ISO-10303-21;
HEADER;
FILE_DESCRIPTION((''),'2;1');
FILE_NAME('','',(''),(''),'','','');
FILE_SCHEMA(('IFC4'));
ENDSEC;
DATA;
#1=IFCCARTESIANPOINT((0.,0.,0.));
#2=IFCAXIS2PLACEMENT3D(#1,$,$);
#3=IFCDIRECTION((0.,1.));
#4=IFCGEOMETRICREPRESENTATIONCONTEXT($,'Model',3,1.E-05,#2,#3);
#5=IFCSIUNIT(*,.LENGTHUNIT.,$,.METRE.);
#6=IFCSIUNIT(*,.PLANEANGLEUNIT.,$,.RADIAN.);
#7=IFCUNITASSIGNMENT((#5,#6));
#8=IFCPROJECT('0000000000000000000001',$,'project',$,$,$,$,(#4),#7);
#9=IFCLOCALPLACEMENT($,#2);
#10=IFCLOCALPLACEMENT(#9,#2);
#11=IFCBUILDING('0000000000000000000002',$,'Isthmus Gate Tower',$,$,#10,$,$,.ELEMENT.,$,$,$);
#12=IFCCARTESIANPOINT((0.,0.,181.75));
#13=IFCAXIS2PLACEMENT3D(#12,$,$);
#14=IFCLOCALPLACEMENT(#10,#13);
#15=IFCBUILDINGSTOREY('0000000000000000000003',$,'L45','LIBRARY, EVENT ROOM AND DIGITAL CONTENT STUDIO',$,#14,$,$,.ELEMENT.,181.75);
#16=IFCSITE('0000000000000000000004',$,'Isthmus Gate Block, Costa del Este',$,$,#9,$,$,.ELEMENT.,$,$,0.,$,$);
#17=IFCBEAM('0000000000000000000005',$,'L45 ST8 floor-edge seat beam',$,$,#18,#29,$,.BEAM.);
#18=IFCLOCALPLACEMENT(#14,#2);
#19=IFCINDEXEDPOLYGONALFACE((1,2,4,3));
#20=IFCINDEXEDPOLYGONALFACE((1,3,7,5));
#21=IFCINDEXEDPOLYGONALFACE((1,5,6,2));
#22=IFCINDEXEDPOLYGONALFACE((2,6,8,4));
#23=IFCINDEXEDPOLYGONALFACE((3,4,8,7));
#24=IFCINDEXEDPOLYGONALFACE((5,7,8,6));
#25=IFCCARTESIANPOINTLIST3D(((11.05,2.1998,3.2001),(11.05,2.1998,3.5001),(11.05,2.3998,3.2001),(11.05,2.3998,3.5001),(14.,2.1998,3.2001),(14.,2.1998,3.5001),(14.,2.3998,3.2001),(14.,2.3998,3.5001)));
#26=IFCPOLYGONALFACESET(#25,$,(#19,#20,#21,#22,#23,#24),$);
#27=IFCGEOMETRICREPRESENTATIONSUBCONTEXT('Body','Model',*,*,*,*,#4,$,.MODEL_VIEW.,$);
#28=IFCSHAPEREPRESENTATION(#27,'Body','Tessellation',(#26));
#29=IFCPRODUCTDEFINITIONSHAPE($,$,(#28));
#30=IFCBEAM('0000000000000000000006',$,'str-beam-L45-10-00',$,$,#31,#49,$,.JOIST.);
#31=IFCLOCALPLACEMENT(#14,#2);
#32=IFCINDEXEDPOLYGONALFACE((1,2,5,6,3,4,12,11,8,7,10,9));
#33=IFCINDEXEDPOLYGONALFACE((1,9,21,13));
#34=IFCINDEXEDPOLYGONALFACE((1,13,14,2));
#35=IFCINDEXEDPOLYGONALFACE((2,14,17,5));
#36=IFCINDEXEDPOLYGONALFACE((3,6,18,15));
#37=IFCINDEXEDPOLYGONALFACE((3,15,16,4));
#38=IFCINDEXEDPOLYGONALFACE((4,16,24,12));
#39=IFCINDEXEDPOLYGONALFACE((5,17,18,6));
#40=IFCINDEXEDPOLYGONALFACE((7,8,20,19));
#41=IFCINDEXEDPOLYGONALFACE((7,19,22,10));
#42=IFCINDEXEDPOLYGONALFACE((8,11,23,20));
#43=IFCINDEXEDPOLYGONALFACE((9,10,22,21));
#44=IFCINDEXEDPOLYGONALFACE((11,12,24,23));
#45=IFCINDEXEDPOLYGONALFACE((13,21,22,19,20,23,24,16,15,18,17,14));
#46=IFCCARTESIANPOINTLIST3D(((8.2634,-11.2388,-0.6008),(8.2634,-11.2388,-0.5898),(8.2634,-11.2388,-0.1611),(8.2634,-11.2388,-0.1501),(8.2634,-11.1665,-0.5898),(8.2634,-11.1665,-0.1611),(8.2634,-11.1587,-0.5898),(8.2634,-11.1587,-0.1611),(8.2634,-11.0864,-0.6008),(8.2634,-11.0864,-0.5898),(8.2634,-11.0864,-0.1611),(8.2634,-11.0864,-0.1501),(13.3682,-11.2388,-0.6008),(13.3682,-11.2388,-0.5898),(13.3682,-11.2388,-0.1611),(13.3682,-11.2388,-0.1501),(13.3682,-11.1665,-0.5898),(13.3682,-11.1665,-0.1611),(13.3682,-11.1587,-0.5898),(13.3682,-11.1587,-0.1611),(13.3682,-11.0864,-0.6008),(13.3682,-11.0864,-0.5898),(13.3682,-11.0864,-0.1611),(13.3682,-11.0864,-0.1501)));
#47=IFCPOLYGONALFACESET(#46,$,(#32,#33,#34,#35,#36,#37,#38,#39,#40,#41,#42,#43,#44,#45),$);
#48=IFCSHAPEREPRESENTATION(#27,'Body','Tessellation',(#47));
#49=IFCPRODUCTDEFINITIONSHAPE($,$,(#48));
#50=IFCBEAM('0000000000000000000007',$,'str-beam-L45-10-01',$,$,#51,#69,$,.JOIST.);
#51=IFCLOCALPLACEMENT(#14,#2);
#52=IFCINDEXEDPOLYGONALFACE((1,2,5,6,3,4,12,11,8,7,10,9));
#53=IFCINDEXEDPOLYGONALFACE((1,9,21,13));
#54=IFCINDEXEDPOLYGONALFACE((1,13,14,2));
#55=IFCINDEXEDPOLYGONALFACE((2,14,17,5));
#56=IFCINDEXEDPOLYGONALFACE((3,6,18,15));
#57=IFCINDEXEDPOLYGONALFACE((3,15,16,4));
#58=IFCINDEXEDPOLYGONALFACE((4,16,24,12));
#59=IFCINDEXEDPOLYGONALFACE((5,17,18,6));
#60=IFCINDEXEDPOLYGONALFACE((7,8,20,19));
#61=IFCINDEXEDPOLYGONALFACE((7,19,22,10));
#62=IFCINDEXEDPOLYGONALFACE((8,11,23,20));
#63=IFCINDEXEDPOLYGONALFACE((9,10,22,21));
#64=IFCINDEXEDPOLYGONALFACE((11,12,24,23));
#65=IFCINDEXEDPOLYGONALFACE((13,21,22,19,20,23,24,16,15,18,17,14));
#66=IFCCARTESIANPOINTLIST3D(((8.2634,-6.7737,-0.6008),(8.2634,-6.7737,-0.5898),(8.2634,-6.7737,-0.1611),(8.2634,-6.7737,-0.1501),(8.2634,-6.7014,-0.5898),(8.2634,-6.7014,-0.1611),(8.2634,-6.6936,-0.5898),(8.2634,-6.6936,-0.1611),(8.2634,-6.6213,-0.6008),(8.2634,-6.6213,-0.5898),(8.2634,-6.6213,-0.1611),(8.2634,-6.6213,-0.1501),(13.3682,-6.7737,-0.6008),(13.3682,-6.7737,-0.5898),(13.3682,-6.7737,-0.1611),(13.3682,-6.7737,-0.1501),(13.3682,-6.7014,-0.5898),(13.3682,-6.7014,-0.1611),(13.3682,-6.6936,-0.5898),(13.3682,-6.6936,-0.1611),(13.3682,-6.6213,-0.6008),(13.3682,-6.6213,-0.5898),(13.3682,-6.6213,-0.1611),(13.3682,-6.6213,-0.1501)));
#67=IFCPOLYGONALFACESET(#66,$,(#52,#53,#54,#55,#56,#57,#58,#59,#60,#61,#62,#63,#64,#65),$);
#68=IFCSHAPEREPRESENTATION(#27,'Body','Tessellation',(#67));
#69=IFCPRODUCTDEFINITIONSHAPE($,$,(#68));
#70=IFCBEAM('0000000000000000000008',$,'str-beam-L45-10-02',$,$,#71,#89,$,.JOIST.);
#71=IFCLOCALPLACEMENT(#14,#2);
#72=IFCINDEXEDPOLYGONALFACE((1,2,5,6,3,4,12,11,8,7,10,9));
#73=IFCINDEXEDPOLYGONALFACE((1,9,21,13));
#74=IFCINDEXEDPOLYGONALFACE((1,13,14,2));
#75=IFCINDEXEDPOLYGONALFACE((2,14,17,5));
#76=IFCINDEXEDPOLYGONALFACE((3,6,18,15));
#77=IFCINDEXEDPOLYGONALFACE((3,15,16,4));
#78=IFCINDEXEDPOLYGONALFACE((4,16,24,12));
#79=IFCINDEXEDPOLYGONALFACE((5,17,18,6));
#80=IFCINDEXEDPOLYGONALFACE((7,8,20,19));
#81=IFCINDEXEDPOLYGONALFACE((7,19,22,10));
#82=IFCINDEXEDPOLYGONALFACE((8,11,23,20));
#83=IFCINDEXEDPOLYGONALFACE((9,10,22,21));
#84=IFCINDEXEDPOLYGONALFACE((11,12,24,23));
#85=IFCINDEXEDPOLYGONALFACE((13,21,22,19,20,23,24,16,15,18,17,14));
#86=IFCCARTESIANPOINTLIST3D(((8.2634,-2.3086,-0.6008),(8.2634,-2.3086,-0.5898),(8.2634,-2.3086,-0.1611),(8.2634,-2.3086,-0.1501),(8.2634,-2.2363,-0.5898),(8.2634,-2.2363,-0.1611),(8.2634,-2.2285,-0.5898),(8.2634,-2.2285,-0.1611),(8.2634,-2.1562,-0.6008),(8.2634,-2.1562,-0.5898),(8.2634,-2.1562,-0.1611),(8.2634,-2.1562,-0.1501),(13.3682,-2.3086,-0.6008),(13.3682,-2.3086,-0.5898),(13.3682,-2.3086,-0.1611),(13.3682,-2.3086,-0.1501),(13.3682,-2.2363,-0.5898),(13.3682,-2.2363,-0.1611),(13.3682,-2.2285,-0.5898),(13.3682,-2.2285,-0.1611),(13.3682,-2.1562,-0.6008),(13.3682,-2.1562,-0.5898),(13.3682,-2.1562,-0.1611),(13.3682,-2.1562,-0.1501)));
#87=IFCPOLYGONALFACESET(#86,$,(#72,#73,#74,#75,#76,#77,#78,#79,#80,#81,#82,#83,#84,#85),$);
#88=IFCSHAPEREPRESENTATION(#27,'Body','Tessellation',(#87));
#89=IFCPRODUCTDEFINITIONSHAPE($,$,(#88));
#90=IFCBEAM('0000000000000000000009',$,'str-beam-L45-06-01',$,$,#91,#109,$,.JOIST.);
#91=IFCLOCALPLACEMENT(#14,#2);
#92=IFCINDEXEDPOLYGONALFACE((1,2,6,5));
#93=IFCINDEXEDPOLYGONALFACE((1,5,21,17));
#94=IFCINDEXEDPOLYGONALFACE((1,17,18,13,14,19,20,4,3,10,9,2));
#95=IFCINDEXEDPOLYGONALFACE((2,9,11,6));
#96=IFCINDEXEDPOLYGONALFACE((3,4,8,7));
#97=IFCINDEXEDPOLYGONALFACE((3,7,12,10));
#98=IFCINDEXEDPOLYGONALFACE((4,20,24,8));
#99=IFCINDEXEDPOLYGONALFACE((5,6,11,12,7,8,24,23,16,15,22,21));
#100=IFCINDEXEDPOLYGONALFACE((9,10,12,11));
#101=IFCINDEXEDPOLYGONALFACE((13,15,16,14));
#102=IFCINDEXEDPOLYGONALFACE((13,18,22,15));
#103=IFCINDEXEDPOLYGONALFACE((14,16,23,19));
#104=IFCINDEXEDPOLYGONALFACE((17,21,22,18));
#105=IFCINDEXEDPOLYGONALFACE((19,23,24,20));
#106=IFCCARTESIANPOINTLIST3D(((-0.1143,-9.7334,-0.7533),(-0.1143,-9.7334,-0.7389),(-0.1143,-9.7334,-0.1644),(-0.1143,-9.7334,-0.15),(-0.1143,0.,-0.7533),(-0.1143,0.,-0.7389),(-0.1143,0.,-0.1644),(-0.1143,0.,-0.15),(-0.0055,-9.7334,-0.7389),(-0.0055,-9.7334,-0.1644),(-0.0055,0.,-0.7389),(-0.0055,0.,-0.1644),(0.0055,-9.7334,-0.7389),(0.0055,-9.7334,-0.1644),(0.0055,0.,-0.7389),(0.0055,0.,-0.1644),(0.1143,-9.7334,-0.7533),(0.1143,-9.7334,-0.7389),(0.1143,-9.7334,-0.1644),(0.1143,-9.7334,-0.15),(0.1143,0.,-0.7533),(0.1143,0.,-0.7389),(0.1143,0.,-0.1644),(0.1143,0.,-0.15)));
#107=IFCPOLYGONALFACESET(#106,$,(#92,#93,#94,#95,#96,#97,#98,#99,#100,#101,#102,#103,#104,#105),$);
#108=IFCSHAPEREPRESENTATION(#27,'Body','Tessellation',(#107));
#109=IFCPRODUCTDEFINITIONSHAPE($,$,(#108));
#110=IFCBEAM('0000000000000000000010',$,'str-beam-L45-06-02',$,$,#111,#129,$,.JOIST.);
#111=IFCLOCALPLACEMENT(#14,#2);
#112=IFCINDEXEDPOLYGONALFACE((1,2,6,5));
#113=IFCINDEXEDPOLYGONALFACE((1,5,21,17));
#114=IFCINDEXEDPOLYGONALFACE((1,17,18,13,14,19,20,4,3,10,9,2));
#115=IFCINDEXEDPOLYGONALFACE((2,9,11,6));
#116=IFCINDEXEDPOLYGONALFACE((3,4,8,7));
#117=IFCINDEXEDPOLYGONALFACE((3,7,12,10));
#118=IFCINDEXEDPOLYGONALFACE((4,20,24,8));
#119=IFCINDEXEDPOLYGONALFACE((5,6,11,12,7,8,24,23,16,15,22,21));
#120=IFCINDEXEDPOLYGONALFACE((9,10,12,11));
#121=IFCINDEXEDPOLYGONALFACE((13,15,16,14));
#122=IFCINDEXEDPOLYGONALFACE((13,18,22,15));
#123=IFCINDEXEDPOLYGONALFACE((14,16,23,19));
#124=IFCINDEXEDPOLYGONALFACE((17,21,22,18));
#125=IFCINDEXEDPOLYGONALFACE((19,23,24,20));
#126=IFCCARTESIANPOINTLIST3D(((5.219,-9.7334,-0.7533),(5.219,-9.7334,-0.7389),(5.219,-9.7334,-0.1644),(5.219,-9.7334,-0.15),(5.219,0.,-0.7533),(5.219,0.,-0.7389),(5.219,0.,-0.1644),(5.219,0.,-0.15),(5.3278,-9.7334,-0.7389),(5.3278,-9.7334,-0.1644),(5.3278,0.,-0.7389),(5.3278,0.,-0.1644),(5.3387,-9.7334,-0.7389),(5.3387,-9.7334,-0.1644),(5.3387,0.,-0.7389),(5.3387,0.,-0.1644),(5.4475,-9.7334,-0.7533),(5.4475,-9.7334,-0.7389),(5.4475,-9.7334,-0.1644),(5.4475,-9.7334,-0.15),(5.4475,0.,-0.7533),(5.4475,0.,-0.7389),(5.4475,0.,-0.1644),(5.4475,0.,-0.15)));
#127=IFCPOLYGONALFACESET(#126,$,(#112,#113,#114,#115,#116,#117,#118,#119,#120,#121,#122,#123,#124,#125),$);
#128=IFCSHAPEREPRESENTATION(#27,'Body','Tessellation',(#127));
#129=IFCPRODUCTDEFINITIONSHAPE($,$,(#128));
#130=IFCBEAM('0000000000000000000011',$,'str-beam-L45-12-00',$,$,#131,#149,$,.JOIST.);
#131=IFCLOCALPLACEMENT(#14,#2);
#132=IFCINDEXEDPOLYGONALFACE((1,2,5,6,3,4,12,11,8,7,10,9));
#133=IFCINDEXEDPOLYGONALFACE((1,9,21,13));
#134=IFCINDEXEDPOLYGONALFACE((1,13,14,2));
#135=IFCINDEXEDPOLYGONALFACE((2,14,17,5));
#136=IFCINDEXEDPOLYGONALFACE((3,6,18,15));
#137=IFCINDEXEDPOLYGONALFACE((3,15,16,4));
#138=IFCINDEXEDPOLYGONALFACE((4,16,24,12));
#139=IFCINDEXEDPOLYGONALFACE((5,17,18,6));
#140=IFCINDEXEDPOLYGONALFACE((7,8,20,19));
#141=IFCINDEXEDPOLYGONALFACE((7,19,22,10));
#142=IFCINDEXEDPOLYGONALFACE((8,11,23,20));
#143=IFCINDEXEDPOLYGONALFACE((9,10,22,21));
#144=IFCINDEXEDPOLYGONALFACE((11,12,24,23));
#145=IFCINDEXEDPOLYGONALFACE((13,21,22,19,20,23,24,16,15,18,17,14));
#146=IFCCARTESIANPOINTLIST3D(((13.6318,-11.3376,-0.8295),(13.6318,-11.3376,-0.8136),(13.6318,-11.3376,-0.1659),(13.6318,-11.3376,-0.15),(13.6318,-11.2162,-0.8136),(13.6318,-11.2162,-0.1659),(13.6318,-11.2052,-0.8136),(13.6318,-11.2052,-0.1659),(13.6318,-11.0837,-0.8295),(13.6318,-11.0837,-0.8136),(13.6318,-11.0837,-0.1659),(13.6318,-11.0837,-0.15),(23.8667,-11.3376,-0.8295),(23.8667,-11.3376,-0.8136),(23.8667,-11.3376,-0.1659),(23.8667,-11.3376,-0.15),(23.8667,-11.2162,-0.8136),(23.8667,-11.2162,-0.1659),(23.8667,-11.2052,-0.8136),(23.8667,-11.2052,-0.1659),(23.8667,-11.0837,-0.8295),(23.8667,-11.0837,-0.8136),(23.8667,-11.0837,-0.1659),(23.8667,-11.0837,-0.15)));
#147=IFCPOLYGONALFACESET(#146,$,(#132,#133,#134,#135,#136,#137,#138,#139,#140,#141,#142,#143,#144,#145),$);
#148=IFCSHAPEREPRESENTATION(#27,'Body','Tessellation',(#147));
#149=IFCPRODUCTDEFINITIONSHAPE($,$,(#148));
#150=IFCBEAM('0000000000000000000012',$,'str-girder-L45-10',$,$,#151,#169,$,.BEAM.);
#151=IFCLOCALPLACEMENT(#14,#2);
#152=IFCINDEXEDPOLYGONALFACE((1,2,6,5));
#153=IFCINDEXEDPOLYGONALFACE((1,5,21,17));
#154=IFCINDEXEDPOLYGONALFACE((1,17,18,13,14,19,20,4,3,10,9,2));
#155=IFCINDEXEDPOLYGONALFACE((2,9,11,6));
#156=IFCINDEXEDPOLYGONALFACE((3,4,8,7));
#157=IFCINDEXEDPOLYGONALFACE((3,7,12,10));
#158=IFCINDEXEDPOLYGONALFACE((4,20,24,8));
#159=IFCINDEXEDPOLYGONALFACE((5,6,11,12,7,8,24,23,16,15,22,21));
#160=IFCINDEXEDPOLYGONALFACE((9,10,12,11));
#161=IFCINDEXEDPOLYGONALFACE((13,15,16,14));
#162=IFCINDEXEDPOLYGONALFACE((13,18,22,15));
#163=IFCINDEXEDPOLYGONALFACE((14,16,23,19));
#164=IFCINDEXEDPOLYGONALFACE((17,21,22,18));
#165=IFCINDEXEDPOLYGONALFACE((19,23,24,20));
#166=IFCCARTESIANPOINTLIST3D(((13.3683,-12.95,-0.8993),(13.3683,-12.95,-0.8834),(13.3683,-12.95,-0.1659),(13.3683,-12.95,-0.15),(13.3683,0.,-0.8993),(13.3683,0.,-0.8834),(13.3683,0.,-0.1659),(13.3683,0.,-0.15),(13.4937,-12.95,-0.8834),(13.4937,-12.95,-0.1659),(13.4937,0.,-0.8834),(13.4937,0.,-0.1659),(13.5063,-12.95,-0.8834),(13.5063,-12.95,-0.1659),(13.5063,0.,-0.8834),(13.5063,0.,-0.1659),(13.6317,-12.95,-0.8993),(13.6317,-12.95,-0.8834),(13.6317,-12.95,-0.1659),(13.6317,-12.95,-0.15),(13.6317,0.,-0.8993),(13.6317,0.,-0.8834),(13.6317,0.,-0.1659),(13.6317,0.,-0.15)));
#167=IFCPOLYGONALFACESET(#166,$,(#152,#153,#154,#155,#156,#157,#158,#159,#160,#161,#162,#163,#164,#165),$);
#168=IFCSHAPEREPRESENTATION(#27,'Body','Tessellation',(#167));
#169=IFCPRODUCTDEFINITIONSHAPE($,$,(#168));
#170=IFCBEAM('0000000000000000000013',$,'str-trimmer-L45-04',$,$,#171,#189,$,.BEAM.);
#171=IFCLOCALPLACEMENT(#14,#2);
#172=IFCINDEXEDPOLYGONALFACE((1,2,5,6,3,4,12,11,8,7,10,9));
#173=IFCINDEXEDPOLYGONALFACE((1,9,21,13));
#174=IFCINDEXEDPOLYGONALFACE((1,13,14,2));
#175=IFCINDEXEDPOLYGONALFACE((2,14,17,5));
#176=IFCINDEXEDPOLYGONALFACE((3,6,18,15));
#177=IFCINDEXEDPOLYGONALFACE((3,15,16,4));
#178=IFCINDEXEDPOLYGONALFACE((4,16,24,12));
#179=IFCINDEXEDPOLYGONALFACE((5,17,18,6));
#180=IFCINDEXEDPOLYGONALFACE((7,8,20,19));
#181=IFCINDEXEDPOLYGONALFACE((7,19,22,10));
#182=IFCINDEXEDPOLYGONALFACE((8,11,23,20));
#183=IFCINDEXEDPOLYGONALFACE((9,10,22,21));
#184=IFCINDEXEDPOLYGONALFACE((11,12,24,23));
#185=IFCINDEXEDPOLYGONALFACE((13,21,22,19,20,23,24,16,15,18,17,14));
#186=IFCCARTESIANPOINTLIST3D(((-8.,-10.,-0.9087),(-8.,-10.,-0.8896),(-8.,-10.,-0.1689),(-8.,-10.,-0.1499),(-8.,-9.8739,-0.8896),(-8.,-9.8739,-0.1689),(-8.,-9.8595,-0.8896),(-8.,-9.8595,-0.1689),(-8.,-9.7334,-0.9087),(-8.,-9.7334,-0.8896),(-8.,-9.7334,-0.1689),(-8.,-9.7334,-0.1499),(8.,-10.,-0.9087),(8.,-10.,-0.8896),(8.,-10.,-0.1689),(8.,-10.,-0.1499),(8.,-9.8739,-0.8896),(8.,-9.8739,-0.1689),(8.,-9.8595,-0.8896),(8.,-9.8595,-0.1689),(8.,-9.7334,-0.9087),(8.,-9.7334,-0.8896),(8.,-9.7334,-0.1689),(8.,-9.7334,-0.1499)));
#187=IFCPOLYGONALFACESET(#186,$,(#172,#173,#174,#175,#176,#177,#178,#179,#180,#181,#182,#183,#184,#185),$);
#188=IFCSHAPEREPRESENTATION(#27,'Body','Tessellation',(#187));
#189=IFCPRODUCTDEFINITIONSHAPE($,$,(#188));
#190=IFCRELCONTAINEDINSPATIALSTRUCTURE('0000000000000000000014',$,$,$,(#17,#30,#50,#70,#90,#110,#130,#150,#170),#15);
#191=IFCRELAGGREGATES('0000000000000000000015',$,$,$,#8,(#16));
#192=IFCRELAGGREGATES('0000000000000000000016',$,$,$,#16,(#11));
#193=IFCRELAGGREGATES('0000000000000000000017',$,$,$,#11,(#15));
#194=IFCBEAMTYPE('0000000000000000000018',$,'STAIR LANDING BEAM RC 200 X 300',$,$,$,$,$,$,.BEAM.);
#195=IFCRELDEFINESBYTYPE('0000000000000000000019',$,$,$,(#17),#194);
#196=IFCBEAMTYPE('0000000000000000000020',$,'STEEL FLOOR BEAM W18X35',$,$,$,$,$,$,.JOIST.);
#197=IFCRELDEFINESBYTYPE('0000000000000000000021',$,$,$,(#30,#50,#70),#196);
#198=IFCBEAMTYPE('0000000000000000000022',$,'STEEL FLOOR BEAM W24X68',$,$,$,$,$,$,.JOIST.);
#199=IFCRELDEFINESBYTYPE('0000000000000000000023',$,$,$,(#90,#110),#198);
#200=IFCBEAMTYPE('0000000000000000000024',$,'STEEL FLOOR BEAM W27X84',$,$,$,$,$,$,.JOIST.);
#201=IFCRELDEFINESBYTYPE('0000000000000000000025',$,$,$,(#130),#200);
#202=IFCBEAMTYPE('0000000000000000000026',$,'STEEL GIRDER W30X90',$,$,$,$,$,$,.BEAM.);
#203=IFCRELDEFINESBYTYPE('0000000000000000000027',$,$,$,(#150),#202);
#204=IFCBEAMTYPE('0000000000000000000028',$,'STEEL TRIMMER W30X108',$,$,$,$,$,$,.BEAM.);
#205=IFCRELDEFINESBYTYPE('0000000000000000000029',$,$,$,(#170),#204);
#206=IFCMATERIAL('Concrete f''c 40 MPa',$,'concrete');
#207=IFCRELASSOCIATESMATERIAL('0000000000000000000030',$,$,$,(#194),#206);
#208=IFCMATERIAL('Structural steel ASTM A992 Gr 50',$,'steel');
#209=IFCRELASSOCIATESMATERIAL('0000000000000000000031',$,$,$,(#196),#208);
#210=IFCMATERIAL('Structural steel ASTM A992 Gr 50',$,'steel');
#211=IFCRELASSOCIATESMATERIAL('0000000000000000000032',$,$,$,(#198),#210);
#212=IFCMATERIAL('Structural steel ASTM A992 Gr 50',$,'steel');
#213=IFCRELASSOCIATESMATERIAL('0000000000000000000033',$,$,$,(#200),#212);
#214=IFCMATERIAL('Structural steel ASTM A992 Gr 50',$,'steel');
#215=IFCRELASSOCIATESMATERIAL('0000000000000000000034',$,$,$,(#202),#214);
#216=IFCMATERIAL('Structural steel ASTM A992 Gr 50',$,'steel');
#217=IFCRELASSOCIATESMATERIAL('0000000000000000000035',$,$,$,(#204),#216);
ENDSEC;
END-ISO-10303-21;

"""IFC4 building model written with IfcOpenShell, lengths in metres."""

from ifc_helpers import new_model, si_unit, direction, frame, origin, origin_2d, place, context, subcontext, project, spatial, rectangle, i_section, extrude, material, material_profile, profile_set, type_object, element, save


model = new_model("IFC4")

# Units and contexts
model_context = context("Model", 3, precision=1e-05, world=origin(), true_north=direction((0.0, 1.0)))
body_context = subcontext(model_context, "Body", "Model", "MODEL_VIEW")
ifc_project = project(units=[si_unit("LENGTHUNIT", "METRE"), si_unit("PLANEANGLEUNIT", "RADIAN")], contexts=[model_context])

# Site, building, storey
site_placement = place(None, origin())
site = spatial("IfcSite", under=ifc_project, at=site_placement, Name="Isthmus Gate Block, Costa del Este", CompositionType="ELEMENT", RefElevation=0.0)
building_placement = place(site_placement, origin())
building = spatial("IfcBuilding", under=site, at=building_placement, Name="Isthmus Gate Tower", CompositionType="ELEMENT")
storey_placement = place(building_placement, frame((0.0, 0.0, 181.75)))
storey = spatial("IfcBuildingStorey", under=building, at=storey_placement, Name="L45", Description="LIBRARY, EVENT ROOM AND DIGITAL CONTENT STUDIO", CompositionType="ELEMENT", Elevation=181.75)

# Beams
ifc_material_1 = material(Name="Concrete f'c 40 MPa", Category="concrete")
ifc_material_profile_1 = material_profile(ifc_material_1, rectangle(XDim=0.2, YDim=0.3, at=origin_2d()), Name="STAIR LANDING BEAM RC 200 X 300")
ifc_profile_set_1 = profile_set([ifc_material_profile_1], Name="Concrete f'c 40 MPa")
beam_type_1 = type_object("IfcBeamType", Name="STAIR LANDING BEAM RC 200 X 300", PredefinedType="BEAM", material=ifc_profile_set_1)
beam_1_placement = place(storey_placement, frame((11.05, 2.2998, 3.3501), z_axis=(1.0, 0.0, 0.0), x_axis=(0.0, 1.0, 0.0)))
element("IfcBeam", 1, at=beam_1_placement, inside=storey, type_object=beam_type_1, Name="L45 ST8 floor-edge seat beam", PredefinedType="BEAM", context=body_context, shape_type="SweptSolid", body=[
    extrude(rectangle(XDim=0.2, YDim=0.3, at=origin_2d()), origin(), (0.0, 0.0, 1.0), 2.95),
])
ifc_material_2 = material(Name="Structural steel ASTM A992 Gr 50", Category="steel")
ifc_material_profile_2 = material_profile(ifc_material_2, i_section(OverallWidth=0.1523, OverallDepth=0.4507, WebThickness=0.0078, FlangeThickness=0.011, at=origin_2d()), Name="W18X35")
ifc_profile_set_2 = profile_set([ifc_material_profile_2], Name="Structural steel ASTM A992 Gr 50")
beam_type_2 = type_object("IfcBeamType", Name="STEEL FLOOR BEAM W18X35", PredefinedType="JOIST", material=ifc_profile_set_2)
for number, where, z_axis, x_axis, name in (
    (2, (8.2634, -11.1626, -0.3755), (1.0, 0.0, 0.0), (0.0, 1.0, 0.0), "str-beam-L45-10-00"),
    (3, (8.2634, -6.6975, -0.3755), (1.0, 0.0, 0.0), (0.0, 1.0, 0.0), "str-beam-L45-10-01"),
    (4, (8.2634, -2.2324, -0.3755), (1.0, 0.0, 0.0), (0.0, 1.0, 0.0), "str-beam-L45-10-02"),
):
    element("IfcBeam", number, at=place(storey_placement, frame(where, z_axis=z_axis, x_axis=x_axis)), inside=storey, type_object=beam_type_2, Name=name, PredefinedType="JOIST", context=body_context, shape_type="SweptSolid", body=[
        extrude(i_section(OverallWidth=0.1523, OverallDepth=0.4507, WebThickness=0.0078, FlangeThickness=0.011, at=origin_2d()), origin(), (0.0, 0.0, 1.0), 5.1047),
    ])
ifc_material_3 = material(Name="Structural steel ASTM A992 Gr 50", Category="steel")
ifc_material_profile_3 = material_profile(ifc_material_3, i_section(OverallWidth=0.2285, OverallDepth=0.6033, WebThickness=0.011, FlangeThickness=0.0144, at=origin_2d()), Name="W24X68")
ifc_profile_set_3 = profile_set([ifc_material_profile_3], Name="Structural steel ASTM A992 Gr 50")
beam_type_3 = type_object("IfcBeamType", Name="STEEL FLOOR BEAM W24X68", PredefinedType="JOIST", material=ifc_profile_set_3)
for number, where, z_axis, x_axis, name in (
    (5, (0.0, -9.7334, -0.4517), (0.0, 1.0, 0.0), (-1.0, 0.0, 0.0), "str-beam-L45-06-01"),
    (6, (5.3333, -9.7334, -0.4517), (0.0, 1.0, 0.0), (-1.0, 0.0, 0.0), "str-beam-L45-06-02"),
):
    element("IfcBeam", number, at=place(storey_placement, frame(where, z_axis=z_axis, x_axis=x_axis)), inside=storey, type_object=beam_type_3, Name=name, PredefinedType="JOIST", context=body_context, shape_type="SweptSolid", body=[
        extrude(i_section(OverallWidth=0.2285, OverallDepth=0.6033, WebThickness=0.011, FlangeThickness=0.0144, at=origin_2d()), origin(), (0.0, 0.0, 1.0), 9.7334),
    ])
ifc_material_4 = material(Name="Structural steel ASTM A992 Gr 50", Category="steel")
ifc_material_profile_4 = material_profile(ifc_material_4, i_section(OverallWidth=0.2539, OverallDepth=0.6794, WebThickness=0.011, FlangeThickness=0.0159, at=origin_2d()), Name="W27X84")
ifc_profile_set_4 = profile_set([ifc_material_profile_4], Name="Structural steel ASTM A992 Gr 50")
beam_type_4 = type_object("IfcBeamType", Name="STEEL FLOOR BEAM W27X84", PredefinedType="JOIST", material=ifc_profile_set_4)
beam_2_placement = place(storey_placement, frame((13.6318, -11.2107, -0.4897), z_axis=(1.0, 0.0, 0.0), x_axis=(0.0, 1.0, 0.0)))
element("IfcBeam", 7, at=beam_2_placement, inside=storey, type_object=beam_type_4, Name="str-beam-L45-12-00", PredefinedType="JOIST", context=body_context, shape_type="SweptSolid", body=[
    extrude(i_section(OverallWidth=0.2539, OverallDepth=0.6794, WebThickness=0.011, FlangeThickness=0.0159, at=origin_2d()), origin(), (0.0, 0.0, 1.0), 10.2349),
])
ifc_material_5 = material(Name="Structural steel ASTM A992 Gr 50", Category="steel")
ifc_material_profile_5 = material_profile(ifc_material_5, i_section(OverallWidth=0.2634, OverallDepth=0.7493, WebThickness=0.0127, FlangeThickness=0.0159, at=origin_2d()), Name="W30X90")
ifc_profile_set_5 = profile_set([ifc_material_profile_5], Name="Structural steel ASTM A992 Gr 50")
beam_type_5 = type_object("IfcBeamType", Name="STEEL GIRDER W30X90", PredefinedType="BEAM", material=ifc_profile_set_5)
beam_3_placement = place(storey_placement, frame((13.5, -12.95, -0.5247), z_axis=(0.0, 1.0, 0.0), x_axis=(-1.0, 0.0, 0.0)))
element("IfcBeam", 8, at=beam_3_placement, inside=storey, type_object=beam_type_5, Name="str-girder-L45-10", PredefinedType="BEAM", context=body_context, shape_type="SweptSolid", body=[
    extrude(i_section(OverallWidth=0.2634, OverallDepth=0.7493, WebThickness=0.0127, FlangeThickness=0.0159, at=origin_2d()), origin(), (0.0, 0.0, 1.0), 12.95),
])
ifc_material_6 = material(Name="Structural steel ASTM A992 Gr 50", Category="steel")
ifc_material_profile_6 = material_profile(ifc_material_6, i_section(OverallWidth=0.2666, OverallDepth=0.7588, WebThickness=0.0144, FlangeThickness=0.019, at=origin_2d()), Name="W30X108")
ifc_profile_set_6 = profile_set([ifc_material_profile_6], Name="Structural steel ASTM A992 Gr 50")
beam_type_6 = type_object("IfcBeamType", Name="STEEL TRIMMER W30X108", PredefinedType="BEAM", material=ifc_profile_set_6)
beam_4_placement = place(storey_placement, frame((8.0, -9.8667, -0.5293), z_axis=(-1.0, 0.0, 0.0), x_axis=(0.0, -1.0, 0.0)))
element("IfcBeam", 9, at=beam_4_placement, inside=storey, type_object=beam_type_6, Name="str-trimmer-L45-04", PredefinedType="BEAM", context=body_context, shape_type="SweptSolid", body=[
    extrude(i_section(OverallWidth=0.2666, OverallDepth=0.7588, WebThickness=0.0144, FlangeThickness=0.019, at=origin_2d()), origin(), (0.0, 0.0, 1.0), 16.0),
])

save(model, "model.ifc")
